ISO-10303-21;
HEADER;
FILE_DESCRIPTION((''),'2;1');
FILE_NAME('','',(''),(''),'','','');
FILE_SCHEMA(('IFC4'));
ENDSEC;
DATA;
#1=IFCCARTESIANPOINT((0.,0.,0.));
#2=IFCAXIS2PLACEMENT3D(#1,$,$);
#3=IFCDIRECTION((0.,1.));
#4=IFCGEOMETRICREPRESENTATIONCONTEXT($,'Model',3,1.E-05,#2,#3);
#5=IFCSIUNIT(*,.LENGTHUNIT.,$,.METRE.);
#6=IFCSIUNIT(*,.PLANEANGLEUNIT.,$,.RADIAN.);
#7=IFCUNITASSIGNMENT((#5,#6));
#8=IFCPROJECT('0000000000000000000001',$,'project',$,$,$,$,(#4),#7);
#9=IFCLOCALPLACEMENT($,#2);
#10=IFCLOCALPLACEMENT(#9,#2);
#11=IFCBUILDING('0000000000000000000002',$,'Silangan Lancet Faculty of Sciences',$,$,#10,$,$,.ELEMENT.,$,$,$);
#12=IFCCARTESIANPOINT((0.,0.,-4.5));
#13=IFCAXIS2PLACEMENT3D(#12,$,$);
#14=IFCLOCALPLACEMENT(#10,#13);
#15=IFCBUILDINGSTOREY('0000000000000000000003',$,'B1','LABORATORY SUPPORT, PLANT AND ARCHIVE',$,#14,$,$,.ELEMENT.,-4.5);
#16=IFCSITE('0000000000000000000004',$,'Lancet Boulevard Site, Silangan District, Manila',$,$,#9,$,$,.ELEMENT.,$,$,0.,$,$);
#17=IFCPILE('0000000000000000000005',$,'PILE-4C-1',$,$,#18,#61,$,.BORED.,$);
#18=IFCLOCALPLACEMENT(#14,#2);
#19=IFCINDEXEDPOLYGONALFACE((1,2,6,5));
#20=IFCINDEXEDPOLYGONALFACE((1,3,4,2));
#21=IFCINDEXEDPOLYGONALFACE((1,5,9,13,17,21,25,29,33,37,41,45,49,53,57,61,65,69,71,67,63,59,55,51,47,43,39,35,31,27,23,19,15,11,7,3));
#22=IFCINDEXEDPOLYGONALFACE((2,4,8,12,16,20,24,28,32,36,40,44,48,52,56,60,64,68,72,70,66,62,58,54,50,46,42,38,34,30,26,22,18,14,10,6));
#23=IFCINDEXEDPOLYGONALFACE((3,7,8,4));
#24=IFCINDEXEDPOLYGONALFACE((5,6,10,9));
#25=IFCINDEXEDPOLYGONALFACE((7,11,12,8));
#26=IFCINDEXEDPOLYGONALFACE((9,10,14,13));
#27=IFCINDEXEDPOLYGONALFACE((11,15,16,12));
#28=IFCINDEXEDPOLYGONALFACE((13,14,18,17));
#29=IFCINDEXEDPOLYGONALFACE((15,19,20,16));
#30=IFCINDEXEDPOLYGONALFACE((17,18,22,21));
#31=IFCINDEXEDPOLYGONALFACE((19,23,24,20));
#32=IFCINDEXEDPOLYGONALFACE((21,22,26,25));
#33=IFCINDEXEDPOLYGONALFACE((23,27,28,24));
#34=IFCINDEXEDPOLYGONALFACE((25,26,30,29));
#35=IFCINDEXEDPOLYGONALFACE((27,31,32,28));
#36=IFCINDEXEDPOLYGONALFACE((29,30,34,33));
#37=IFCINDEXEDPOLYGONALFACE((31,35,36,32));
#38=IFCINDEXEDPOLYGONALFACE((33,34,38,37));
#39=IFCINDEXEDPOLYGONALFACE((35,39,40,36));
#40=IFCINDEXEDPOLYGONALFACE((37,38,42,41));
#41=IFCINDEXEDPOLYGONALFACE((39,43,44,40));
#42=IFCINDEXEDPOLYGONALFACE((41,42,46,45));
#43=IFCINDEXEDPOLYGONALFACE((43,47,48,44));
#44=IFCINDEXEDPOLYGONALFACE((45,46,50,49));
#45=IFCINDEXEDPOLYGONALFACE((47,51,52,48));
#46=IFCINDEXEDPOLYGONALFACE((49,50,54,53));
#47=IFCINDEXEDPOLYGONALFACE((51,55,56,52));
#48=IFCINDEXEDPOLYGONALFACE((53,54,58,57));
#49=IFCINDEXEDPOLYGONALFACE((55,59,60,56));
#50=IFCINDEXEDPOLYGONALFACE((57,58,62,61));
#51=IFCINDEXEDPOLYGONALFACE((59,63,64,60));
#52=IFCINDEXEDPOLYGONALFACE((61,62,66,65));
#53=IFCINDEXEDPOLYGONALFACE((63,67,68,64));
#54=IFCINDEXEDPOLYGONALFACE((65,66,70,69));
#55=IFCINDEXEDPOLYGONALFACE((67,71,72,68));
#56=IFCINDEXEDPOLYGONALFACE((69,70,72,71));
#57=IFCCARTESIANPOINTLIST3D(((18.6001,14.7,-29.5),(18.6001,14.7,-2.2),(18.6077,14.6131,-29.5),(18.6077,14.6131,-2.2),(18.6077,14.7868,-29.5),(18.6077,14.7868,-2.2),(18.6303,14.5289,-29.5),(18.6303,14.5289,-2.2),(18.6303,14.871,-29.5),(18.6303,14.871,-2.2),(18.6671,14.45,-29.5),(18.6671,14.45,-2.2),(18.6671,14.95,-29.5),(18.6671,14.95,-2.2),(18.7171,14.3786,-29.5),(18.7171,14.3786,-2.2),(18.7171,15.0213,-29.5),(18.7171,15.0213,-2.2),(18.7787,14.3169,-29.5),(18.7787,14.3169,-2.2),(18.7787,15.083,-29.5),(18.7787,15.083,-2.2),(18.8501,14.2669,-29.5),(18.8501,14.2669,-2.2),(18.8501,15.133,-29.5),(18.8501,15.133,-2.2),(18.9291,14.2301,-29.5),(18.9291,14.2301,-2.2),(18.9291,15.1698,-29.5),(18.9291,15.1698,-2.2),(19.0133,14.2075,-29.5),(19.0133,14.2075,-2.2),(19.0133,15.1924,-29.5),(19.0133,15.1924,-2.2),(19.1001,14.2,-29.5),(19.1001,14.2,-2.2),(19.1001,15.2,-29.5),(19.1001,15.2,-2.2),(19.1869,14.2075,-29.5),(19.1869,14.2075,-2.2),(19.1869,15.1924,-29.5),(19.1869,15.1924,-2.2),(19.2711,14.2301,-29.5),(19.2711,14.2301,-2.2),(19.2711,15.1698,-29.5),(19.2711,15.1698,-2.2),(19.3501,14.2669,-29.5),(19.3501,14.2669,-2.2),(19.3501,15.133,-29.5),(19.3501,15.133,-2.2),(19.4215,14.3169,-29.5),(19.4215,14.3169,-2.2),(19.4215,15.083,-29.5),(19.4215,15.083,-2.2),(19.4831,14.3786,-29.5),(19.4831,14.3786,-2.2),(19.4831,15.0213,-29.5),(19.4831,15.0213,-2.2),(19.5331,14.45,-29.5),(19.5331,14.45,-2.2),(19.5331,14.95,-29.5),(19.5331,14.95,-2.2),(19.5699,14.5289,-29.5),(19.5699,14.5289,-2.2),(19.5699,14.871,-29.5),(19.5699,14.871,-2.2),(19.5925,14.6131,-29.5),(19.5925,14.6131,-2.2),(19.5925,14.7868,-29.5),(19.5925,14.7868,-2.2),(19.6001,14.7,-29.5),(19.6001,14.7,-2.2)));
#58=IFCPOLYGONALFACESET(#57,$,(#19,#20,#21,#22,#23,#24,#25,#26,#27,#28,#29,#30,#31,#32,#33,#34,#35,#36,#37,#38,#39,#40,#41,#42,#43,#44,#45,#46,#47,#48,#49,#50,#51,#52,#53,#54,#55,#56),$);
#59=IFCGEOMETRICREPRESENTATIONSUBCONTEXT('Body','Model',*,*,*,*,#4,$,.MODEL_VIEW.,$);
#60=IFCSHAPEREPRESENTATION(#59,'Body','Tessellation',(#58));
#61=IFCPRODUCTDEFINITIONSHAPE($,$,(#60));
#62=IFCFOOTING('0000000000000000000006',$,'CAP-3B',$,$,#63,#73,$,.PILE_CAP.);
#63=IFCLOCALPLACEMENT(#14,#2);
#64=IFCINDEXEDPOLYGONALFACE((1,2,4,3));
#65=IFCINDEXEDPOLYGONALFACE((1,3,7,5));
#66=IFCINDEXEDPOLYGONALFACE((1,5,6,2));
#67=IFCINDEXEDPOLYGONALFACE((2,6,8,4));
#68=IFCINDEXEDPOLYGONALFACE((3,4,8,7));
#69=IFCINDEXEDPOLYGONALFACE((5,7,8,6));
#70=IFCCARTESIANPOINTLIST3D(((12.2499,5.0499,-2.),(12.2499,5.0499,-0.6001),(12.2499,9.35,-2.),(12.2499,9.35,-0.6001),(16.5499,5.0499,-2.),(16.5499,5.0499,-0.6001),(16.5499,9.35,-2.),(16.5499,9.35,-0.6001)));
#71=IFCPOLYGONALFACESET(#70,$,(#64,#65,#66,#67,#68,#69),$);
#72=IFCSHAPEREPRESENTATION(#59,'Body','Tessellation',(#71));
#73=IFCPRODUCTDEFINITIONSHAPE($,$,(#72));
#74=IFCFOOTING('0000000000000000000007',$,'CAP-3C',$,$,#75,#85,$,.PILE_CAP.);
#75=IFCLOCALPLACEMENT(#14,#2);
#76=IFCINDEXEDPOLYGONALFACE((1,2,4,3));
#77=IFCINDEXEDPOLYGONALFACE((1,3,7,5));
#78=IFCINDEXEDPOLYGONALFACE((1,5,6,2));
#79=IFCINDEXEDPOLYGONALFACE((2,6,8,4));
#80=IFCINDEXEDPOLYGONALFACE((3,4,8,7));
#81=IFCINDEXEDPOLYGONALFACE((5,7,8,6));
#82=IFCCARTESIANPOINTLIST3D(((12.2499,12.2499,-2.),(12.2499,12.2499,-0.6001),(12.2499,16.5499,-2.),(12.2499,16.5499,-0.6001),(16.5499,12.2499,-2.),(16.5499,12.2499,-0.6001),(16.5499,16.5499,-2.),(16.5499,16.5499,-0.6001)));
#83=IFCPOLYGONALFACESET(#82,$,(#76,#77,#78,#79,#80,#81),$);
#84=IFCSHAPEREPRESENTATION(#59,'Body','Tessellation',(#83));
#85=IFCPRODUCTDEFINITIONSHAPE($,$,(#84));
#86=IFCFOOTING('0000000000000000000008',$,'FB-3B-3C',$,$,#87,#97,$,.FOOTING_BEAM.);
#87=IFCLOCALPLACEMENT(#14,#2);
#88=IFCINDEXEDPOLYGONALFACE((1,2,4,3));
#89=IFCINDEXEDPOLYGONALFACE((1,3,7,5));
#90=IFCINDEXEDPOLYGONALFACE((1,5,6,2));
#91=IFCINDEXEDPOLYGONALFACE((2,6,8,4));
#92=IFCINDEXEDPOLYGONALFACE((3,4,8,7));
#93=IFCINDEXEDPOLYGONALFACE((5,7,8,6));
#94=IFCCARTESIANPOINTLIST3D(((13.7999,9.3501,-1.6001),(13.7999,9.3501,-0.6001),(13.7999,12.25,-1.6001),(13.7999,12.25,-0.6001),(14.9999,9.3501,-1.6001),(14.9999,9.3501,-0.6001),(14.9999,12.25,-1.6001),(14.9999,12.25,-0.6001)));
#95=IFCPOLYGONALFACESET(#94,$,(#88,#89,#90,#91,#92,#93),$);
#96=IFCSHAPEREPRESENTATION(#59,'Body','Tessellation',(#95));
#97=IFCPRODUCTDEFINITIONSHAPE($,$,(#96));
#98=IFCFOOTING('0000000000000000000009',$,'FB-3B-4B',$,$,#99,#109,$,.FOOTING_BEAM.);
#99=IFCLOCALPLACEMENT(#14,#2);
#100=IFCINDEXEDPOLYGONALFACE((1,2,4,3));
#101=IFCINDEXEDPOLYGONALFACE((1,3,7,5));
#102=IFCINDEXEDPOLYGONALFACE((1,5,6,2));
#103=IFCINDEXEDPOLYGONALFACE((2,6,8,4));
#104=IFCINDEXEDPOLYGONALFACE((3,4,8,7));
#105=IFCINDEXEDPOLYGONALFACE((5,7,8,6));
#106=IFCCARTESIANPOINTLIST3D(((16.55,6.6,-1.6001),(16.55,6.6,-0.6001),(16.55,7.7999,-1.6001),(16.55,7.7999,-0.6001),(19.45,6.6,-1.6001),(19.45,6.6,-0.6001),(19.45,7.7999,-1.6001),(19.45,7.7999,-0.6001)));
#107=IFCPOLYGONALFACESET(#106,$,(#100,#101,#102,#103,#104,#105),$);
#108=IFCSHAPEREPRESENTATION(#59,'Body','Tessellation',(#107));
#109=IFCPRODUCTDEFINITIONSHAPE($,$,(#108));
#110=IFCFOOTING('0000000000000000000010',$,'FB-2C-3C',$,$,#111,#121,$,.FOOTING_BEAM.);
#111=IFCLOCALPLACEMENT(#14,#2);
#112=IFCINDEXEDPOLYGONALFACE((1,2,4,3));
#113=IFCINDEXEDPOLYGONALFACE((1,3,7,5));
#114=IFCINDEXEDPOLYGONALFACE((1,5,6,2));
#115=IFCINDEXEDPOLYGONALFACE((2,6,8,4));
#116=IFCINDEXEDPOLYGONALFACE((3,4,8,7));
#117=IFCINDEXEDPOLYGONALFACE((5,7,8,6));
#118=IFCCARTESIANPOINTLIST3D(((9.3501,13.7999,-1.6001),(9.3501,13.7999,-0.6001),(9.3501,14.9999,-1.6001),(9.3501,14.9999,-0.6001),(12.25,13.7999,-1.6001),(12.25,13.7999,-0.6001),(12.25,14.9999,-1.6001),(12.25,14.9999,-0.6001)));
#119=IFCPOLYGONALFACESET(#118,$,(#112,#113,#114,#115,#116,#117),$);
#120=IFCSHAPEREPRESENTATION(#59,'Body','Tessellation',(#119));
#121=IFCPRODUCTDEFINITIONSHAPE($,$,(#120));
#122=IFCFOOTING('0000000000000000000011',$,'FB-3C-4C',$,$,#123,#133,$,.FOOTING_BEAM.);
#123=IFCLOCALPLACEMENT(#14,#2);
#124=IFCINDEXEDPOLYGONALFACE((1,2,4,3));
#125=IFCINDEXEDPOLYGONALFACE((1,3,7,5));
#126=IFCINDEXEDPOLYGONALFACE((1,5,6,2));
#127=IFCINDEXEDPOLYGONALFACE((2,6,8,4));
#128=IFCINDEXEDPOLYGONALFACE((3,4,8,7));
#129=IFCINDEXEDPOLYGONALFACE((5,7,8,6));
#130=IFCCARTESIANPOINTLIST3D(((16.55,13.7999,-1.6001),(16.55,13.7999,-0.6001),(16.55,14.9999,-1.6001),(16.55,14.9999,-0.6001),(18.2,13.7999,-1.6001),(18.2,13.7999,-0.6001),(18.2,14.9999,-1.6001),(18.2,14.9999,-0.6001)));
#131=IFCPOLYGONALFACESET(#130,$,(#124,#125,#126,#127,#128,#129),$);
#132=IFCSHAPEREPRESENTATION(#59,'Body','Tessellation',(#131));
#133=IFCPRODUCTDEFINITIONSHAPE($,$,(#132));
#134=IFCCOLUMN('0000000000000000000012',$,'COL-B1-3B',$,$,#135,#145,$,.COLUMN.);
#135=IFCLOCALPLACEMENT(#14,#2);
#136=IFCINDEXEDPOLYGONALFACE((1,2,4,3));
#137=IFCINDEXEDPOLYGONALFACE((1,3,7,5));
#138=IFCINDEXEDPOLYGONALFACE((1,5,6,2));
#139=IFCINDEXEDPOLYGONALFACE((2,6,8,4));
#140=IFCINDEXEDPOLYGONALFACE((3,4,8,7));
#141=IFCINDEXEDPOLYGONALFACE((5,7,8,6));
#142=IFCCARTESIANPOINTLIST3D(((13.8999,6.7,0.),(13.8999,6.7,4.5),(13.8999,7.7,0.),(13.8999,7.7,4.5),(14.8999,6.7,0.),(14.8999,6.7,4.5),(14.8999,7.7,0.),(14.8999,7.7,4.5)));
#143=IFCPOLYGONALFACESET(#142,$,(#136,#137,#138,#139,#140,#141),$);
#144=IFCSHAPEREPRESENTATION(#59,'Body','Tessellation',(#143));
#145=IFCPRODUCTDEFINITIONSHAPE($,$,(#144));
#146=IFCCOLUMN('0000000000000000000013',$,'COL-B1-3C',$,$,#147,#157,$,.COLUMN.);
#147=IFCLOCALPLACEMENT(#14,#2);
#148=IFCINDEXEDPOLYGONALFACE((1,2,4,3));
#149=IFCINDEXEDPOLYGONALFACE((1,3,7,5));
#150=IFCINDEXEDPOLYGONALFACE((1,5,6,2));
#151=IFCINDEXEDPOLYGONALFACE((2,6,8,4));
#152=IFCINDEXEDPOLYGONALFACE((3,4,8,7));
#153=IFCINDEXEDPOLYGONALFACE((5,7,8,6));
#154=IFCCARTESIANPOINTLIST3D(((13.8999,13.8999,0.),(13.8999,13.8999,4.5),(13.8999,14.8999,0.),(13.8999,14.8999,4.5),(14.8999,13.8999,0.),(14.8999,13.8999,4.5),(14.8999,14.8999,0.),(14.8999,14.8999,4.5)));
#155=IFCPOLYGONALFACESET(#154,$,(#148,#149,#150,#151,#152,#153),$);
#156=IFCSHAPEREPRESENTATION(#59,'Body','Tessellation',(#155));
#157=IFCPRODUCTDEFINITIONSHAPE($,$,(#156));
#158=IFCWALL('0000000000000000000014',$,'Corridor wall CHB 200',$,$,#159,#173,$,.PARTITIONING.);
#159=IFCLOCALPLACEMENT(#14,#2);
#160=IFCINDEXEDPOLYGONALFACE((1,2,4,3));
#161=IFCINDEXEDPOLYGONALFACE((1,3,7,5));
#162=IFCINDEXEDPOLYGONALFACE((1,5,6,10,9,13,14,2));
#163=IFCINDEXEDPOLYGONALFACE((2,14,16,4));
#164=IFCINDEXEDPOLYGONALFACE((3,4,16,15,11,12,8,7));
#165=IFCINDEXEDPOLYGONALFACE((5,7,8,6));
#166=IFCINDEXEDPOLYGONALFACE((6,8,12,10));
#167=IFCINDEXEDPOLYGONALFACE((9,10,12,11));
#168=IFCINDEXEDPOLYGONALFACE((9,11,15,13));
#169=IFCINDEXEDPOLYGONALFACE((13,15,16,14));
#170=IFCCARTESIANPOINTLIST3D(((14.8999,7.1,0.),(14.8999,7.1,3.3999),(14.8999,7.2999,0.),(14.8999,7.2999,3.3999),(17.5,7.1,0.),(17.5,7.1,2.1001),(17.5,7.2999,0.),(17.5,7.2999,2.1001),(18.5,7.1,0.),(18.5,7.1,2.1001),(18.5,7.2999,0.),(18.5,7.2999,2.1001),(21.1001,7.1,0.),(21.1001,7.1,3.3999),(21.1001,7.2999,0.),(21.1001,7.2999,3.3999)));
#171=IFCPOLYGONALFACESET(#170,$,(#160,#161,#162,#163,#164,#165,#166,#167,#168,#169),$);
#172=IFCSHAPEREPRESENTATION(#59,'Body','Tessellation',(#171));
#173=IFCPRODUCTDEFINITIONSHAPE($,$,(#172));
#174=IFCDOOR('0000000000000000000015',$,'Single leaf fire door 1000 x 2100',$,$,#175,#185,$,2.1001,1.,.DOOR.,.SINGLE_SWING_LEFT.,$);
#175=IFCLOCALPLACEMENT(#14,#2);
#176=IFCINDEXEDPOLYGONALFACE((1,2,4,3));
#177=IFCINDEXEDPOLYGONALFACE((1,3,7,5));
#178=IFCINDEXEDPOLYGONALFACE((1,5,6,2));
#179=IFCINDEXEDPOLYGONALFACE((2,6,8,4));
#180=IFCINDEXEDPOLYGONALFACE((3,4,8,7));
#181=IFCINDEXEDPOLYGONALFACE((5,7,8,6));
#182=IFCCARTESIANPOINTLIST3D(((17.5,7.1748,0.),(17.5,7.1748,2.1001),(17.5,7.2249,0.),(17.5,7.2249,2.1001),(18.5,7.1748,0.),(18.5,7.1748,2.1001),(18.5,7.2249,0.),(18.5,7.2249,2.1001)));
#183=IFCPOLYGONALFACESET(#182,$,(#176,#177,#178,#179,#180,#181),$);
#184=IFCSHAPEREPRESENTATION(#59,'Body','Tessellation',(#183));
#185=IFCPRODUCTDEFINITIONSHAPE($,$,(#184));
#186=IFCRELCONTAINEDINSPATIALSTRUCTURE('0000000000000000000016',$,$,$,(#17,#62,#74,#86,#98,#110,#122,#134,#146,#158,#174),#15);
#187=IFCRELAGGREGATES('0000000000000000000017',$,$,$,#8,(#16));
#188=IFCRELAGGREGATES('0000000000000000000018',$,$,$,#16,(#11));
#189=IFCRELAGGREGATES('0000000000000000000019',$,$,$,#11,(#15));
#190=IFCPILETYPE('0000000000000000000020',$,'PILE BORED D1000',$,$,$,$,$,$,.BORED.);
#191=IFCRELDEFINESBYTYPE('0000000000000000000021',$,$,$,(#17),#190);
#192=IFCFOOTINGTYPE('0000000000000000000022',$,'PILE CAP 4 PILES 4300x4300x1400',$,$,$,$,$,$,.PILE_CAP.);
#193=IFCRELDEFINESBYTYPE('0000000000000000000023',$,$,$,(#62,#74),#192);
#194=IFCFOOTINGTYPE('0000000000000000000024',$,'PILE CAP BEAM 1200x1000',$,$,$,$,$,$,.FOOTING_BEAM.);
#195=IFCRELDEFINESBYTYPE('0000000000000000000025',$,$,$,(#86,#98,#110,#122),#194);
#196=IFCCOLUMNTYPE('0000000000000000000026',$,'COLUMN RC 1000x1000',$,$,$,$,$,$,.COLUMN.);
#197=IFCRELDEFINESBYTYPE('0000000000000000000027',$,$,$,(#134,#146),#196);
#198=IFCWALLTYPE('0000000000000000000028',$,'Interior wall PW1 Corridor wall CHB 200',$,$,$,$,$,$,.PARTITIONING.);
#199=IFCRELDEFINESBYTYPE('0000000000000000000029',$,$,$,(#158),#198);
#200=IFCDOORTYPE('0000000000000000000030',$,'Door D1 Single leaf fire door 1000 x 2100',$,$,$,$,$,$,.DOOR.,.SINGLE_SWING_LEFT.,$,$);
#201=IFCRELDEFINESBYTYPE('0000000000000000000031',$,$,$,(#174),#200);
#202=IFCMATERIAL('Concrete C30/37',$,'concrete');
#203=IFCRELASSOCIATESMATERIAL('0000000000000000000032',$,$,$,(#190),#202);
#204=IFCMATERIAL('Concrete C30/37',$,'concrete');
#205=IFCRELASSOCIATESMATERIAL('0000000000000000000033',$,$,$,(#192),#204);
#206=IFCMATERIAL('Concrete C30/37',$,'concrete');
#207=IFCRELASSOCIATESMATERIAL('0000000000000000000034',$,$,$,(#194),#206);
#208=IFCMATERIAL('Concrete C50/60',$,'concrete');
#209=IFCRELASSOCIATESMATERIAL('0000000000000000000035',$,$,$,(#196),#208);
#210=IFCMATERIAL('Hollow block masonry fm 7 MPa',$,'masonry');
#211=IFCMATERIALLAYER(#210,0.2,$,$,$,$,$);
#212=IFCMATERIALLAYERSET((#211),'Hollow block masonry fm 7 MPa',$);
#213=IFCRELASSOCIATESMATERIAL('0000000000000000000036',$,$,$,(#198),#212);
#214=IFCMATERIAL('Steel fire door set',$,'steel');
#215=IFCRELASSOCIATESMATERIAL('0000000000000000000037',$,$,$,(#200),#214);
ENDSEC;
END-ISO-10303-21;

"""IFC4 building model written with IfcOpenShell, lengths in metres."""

from ifc_helpers import new_model, si_unit, direction, frame, frame_2d, origin, origin_2d, place, context, subcontext, project, spatial, rectangle, circle, extrude, material, layer, layer_set, material_profile, profile_set, type_object, element, fill, save


model = new_model("IFC4")

# Units and contexts
model_context = context("Model", 3, precision=1e-05, world=origin(), true_north=direction((0.0, 1.0)))
body_context = subcontext(model_context, "Body", "Model", "MODEL_VIEW")
ifc_project = project(units=[si_unit("LENGTHUNIT", "METRE"), si_unit("PLANEANGLEUNIT", "RADIAN")], contexts=[model_context])

# Site, building, storey
site_placement = place(None, origin())
site = spatial("IfcSite", under=ifc_project, at=site_placement, Name="Lancet Boulevard Site, Silangan District, Manila", CompositionType="ELEMENT", RefElevation=0.0)
building_placement = place(site_placement, origin())
building = spatial("IfcBuilding", under=site, at=building_placement, Name="Silangan Lancet Faculty of Sciences", CompositionType="ELEMENT")
storey_placement = place(building_placement, frame((0.0, 0.0, -4.5)))
storey = spatial("IfcBuildingStorey", under=building, at=storey_placement, Name="B1", Description="LABORATORY SUPPORT, PLANT AND ARCHIVE", CompositionType="ELEMENT", Elevation=-4.5)

# Pile
ifc_material_1 = material(Name="Concrete C30/37", Category="concrete")
ifc_material_profile_1 = material_profile(ifc_material_1, circle(Radius=0.5, at=origin_2d()), Name="BORED PILE D1000")
ifc_profile_set_1 = profile_set([ifc_material_profile_1], Name="Concrete C30/37")
pile_type = type_object("IfcPileType", Name="PILE BORED D1000", PredefinedType="BORED", material=ifc_profile_set_1)
pile_placement = place(storey_placement, frame((19.1001, 14.7, -2.2), z_axis=(0.0, 0.0, -1.0), x_axis=(1.0, 0.0, 0.0)))
element("IfcPile", 1, at=pile_placement, inside=storey, type_object=pile_type, Name="PILE-4C-1", PredefinedType="BORED", context=body_context, shape_type="SweptSolid", body=[
    extrude(circle(Radius=0.5, at=origin_2d()), origin(), (0.0, 0.0, 1.0), 27.3),
])

# Footings
ifc_material_2 = material(Name="Concrete C30/37", Category="concrete")
footing_type_1 = type_object("IfcFootingType", Name="PILE CAP 4 PILES 4300x4300x1400", PredefinedType="PILE_CAP", material=ifc_material_2)
for number, where, z_axis, x_axis, name in (
    (2, (14.3999, 7.2, -2.0), (0.0, 0.0, 1.0), (1.0, 0.0, 0.0), "CAP-3B"),
    (3, (14.3999, 14.3999, -2.0), (0.0, 0.0, 1.0), (1.0, 0.0, 0.0), "CAP-3C"),
):
    element("IfcFooting", number, at=place(storey_placement, frame(where, z_axis=z_axis, x_axis=x_axis)), inside=storey, type_object=footing_type_1, Name=name, PredefinedType="PILE_CAP", context=body_context, shape_type="SweptSolid", body=[
        extrude(rectangle(XDim=4.3, YDim=4.3, at=origin_2d()), origin(), (0.0, 0.0, 1.0), 1.3999),
    ])
ifc_material_3 = material(Name="Concrete C30/37", Category="concrete")
footing_type_2 = type_object("IfcFootingType", Name="PILE CAP BEAM 1200x1000", PredefinedType="FOOTING_BEAM", material=ifc_material_3)
for number, where, z_axis, x_axis, name in (
    (4, (14.3999, 10.8, -1.6001), (0.0, 0.0, 1.0), (0.0, 1.0, 0.0), "FB-3B-3C"),
    (5, (18.0, 7.2, -1.6001), (0.0, 0.0, 1.0), (1.0, 0.0, 0.0), "FB-3B-4B"),
    (6, (10.8, 14.3999, -1.6001), (0.0, 0.0, 1.0), (1.0, 0.0, 0.0), "FB-2C-3C"),
):
    element("IfcFooting", number, at=place(storey_placement, frame(where, z_axis=z_axis, x_axis=x_axis)), inside=storey, type_object=footing_type_2, Name=name, PredefinedType="FOOTING_BEAM", context=body_context, shape_type="SweptSolid", body=[
        extrude(rectangle(XDim=2.8999, YDim=1.2, at=origin_2d()), origin(), (0.0, 0.0, 1.0), 1.0),
    ])
footing_placement = place(storey_placement, frame((17.375, 14.3999, -1.6001), z_axis=(0.0, 0.0, 1.0), x_axis=(1.0, 0.0, 0.0)))
element("IfcFooting", 7, at=footing_placement, inside=storey, type_object=footing_type_2, Name="FB-3C-4C", PredefinedType="FOOTING_BEAM", context=body_context, shape_type="SweptSolid", body=[
    extrude(rectangle(XDim=1.6499, YDim=1.2, at=origin_2d()), origin(), (0.0, 0.0, 1.0), 1.0),
])

# Columns
ifc_material_4 = material(Name="Concrete C50/60", Category="concrete")
ifc_material_profile_2 = material_profile(ifc_material_4, rectangle(XDim=1.0, YDim=1.0, at=origin_2d()), Name="RC 1000x1000")
ifc_profile_set_2 = profile_set([ifc_material_profile_2], Name="Concrete C50/60")
column_type = type_object("IfcColumnType", Name="COLUMN RC 1000x1000", PredefinedType="COLUMN", material=ifc_profile_set_2)
for number, where, z_axis, x_axis, name in (
    (8, (14.3999, 7.2, 0.0), (0.0, 0.0, 1.0), (1.0, 0.0, 0.0), "COL-B1-3B"),
    (9, (14.3999, 14.3999, 0.0), (0.0, 0.0, 1.0), (1.0, 0.0, 0.0), "COL-B1-3C"),
):
    element("IfcColumn", number, at=place(storey_placement, frame(where, z_axis=z_axis, x_axis=x_axis)), inside=storey, type_object=column_type, Name=name, PredefinedType="COLUMN", context=body_context, shape_type="SweptSolid", body=[
        extrude(rectangle(XDim=1.0, YDim=1.0, at=origin_2d()), origin(), (0.0, 0.0, 1.0), 4.5),
    ])

# Wall, opening, door
ifc_material_5 = material(Name="Hollow block masonry fm 7 MPa", Category="masonry")
ifc_layer_1 = layer(ifc_material_5, 0.2)
ifc_layer_set_1 = layer_set([ifc_layer_1], Name="Hollow block masonry fm 7 MPa")
wall_type_1 = type_object("IfcWallType", Name="Interior wall PW1 Corridor wall CHB 200", PredefinedType="PARTITIONING", material=ifc_layer_set_1)
wall_1_placement = place(storey_placement, frame((14.8999, 7.2, 0.0), z_axis=(0.0, 0.0, 1.0), x_axis=(1.0, 0.0, 0.0)))
wall_1 = element("IfcWall", 10, at=wall_1_placement, inside=storey, type_object=wall_type_1, Name="Corridor wall CHB 200", PredefinedType="PARTITIONING", context=body_context, shape_type="SweptSolid", body=[
    extrude(rectangle(XDim=6.2002, YDim=0.2, at=frame_2d((3.1001, 0.0))), origin(), (0.0, 0.0, 1.0), 3.3999),
])
opening_1_placement = place(wall_1_placement, frame((2.6001, 0.0, 0.0)))
opening_1 = element("IfcOpeningElement", 11, at=opening_1_placement, cuts=wall_1, PredefinedType="OPENING", context=body_context, shape_type="SweptSolid", body=[
    extrude(rectangle(XDim=1.0, YDim=2.1001, at=frame_2d((0.5, 1.05))), frame((0.0, 0.1099, 0.0), z_axis=(0.0, -1.0, 0.0), x_axis=(1.0, 0.0, 0.0)), (0.0, 0.0, 1.0), 0.22),
])
ifc_material_6 = material(Name="Steel fire door set", Category="steel")
door_type_1 = type_object("IfcDoorType", Name="Door D1 Single leaf fire door 1000 x 2100", OperationType="SINGLE_SWING_LEFT", PredefinedType="DOOR", material=ifc_material_6)
door_1_placement = place(opening_1_placement, frame((1.0, 0.0, 0.0), z_axis=(0.0, 0.0, 1.0), x_axis=(-1.0, 0.0, 0.0)))
door_1 = element("IfcDoor", 12, at=door_1_placement, inside=storey, type_object=door_type_1, Name="Single leaf fire door 1000 x 2100", OperationType="SINGLE_SWING_LEFT", OverallHeight=2.1001, OverallWidth=1.0, PredefinedType="DOOR", context=body_context, shape_type="SweptSolid", body=[
    extrude(rectangle(XDim=1.0, YDim=2.1001, at=frame_2d((0.5, 1.05))), frame((0.0, 0.0251, 0.0), z_axis=(0.0, -1.0, 0.0), x_axis=(1.0, 0.0, 0.0)), (0.0, 0.0, 1.0), 0.05),
])
fill(opening_1, door_1)

save(model, "model.ifc")
